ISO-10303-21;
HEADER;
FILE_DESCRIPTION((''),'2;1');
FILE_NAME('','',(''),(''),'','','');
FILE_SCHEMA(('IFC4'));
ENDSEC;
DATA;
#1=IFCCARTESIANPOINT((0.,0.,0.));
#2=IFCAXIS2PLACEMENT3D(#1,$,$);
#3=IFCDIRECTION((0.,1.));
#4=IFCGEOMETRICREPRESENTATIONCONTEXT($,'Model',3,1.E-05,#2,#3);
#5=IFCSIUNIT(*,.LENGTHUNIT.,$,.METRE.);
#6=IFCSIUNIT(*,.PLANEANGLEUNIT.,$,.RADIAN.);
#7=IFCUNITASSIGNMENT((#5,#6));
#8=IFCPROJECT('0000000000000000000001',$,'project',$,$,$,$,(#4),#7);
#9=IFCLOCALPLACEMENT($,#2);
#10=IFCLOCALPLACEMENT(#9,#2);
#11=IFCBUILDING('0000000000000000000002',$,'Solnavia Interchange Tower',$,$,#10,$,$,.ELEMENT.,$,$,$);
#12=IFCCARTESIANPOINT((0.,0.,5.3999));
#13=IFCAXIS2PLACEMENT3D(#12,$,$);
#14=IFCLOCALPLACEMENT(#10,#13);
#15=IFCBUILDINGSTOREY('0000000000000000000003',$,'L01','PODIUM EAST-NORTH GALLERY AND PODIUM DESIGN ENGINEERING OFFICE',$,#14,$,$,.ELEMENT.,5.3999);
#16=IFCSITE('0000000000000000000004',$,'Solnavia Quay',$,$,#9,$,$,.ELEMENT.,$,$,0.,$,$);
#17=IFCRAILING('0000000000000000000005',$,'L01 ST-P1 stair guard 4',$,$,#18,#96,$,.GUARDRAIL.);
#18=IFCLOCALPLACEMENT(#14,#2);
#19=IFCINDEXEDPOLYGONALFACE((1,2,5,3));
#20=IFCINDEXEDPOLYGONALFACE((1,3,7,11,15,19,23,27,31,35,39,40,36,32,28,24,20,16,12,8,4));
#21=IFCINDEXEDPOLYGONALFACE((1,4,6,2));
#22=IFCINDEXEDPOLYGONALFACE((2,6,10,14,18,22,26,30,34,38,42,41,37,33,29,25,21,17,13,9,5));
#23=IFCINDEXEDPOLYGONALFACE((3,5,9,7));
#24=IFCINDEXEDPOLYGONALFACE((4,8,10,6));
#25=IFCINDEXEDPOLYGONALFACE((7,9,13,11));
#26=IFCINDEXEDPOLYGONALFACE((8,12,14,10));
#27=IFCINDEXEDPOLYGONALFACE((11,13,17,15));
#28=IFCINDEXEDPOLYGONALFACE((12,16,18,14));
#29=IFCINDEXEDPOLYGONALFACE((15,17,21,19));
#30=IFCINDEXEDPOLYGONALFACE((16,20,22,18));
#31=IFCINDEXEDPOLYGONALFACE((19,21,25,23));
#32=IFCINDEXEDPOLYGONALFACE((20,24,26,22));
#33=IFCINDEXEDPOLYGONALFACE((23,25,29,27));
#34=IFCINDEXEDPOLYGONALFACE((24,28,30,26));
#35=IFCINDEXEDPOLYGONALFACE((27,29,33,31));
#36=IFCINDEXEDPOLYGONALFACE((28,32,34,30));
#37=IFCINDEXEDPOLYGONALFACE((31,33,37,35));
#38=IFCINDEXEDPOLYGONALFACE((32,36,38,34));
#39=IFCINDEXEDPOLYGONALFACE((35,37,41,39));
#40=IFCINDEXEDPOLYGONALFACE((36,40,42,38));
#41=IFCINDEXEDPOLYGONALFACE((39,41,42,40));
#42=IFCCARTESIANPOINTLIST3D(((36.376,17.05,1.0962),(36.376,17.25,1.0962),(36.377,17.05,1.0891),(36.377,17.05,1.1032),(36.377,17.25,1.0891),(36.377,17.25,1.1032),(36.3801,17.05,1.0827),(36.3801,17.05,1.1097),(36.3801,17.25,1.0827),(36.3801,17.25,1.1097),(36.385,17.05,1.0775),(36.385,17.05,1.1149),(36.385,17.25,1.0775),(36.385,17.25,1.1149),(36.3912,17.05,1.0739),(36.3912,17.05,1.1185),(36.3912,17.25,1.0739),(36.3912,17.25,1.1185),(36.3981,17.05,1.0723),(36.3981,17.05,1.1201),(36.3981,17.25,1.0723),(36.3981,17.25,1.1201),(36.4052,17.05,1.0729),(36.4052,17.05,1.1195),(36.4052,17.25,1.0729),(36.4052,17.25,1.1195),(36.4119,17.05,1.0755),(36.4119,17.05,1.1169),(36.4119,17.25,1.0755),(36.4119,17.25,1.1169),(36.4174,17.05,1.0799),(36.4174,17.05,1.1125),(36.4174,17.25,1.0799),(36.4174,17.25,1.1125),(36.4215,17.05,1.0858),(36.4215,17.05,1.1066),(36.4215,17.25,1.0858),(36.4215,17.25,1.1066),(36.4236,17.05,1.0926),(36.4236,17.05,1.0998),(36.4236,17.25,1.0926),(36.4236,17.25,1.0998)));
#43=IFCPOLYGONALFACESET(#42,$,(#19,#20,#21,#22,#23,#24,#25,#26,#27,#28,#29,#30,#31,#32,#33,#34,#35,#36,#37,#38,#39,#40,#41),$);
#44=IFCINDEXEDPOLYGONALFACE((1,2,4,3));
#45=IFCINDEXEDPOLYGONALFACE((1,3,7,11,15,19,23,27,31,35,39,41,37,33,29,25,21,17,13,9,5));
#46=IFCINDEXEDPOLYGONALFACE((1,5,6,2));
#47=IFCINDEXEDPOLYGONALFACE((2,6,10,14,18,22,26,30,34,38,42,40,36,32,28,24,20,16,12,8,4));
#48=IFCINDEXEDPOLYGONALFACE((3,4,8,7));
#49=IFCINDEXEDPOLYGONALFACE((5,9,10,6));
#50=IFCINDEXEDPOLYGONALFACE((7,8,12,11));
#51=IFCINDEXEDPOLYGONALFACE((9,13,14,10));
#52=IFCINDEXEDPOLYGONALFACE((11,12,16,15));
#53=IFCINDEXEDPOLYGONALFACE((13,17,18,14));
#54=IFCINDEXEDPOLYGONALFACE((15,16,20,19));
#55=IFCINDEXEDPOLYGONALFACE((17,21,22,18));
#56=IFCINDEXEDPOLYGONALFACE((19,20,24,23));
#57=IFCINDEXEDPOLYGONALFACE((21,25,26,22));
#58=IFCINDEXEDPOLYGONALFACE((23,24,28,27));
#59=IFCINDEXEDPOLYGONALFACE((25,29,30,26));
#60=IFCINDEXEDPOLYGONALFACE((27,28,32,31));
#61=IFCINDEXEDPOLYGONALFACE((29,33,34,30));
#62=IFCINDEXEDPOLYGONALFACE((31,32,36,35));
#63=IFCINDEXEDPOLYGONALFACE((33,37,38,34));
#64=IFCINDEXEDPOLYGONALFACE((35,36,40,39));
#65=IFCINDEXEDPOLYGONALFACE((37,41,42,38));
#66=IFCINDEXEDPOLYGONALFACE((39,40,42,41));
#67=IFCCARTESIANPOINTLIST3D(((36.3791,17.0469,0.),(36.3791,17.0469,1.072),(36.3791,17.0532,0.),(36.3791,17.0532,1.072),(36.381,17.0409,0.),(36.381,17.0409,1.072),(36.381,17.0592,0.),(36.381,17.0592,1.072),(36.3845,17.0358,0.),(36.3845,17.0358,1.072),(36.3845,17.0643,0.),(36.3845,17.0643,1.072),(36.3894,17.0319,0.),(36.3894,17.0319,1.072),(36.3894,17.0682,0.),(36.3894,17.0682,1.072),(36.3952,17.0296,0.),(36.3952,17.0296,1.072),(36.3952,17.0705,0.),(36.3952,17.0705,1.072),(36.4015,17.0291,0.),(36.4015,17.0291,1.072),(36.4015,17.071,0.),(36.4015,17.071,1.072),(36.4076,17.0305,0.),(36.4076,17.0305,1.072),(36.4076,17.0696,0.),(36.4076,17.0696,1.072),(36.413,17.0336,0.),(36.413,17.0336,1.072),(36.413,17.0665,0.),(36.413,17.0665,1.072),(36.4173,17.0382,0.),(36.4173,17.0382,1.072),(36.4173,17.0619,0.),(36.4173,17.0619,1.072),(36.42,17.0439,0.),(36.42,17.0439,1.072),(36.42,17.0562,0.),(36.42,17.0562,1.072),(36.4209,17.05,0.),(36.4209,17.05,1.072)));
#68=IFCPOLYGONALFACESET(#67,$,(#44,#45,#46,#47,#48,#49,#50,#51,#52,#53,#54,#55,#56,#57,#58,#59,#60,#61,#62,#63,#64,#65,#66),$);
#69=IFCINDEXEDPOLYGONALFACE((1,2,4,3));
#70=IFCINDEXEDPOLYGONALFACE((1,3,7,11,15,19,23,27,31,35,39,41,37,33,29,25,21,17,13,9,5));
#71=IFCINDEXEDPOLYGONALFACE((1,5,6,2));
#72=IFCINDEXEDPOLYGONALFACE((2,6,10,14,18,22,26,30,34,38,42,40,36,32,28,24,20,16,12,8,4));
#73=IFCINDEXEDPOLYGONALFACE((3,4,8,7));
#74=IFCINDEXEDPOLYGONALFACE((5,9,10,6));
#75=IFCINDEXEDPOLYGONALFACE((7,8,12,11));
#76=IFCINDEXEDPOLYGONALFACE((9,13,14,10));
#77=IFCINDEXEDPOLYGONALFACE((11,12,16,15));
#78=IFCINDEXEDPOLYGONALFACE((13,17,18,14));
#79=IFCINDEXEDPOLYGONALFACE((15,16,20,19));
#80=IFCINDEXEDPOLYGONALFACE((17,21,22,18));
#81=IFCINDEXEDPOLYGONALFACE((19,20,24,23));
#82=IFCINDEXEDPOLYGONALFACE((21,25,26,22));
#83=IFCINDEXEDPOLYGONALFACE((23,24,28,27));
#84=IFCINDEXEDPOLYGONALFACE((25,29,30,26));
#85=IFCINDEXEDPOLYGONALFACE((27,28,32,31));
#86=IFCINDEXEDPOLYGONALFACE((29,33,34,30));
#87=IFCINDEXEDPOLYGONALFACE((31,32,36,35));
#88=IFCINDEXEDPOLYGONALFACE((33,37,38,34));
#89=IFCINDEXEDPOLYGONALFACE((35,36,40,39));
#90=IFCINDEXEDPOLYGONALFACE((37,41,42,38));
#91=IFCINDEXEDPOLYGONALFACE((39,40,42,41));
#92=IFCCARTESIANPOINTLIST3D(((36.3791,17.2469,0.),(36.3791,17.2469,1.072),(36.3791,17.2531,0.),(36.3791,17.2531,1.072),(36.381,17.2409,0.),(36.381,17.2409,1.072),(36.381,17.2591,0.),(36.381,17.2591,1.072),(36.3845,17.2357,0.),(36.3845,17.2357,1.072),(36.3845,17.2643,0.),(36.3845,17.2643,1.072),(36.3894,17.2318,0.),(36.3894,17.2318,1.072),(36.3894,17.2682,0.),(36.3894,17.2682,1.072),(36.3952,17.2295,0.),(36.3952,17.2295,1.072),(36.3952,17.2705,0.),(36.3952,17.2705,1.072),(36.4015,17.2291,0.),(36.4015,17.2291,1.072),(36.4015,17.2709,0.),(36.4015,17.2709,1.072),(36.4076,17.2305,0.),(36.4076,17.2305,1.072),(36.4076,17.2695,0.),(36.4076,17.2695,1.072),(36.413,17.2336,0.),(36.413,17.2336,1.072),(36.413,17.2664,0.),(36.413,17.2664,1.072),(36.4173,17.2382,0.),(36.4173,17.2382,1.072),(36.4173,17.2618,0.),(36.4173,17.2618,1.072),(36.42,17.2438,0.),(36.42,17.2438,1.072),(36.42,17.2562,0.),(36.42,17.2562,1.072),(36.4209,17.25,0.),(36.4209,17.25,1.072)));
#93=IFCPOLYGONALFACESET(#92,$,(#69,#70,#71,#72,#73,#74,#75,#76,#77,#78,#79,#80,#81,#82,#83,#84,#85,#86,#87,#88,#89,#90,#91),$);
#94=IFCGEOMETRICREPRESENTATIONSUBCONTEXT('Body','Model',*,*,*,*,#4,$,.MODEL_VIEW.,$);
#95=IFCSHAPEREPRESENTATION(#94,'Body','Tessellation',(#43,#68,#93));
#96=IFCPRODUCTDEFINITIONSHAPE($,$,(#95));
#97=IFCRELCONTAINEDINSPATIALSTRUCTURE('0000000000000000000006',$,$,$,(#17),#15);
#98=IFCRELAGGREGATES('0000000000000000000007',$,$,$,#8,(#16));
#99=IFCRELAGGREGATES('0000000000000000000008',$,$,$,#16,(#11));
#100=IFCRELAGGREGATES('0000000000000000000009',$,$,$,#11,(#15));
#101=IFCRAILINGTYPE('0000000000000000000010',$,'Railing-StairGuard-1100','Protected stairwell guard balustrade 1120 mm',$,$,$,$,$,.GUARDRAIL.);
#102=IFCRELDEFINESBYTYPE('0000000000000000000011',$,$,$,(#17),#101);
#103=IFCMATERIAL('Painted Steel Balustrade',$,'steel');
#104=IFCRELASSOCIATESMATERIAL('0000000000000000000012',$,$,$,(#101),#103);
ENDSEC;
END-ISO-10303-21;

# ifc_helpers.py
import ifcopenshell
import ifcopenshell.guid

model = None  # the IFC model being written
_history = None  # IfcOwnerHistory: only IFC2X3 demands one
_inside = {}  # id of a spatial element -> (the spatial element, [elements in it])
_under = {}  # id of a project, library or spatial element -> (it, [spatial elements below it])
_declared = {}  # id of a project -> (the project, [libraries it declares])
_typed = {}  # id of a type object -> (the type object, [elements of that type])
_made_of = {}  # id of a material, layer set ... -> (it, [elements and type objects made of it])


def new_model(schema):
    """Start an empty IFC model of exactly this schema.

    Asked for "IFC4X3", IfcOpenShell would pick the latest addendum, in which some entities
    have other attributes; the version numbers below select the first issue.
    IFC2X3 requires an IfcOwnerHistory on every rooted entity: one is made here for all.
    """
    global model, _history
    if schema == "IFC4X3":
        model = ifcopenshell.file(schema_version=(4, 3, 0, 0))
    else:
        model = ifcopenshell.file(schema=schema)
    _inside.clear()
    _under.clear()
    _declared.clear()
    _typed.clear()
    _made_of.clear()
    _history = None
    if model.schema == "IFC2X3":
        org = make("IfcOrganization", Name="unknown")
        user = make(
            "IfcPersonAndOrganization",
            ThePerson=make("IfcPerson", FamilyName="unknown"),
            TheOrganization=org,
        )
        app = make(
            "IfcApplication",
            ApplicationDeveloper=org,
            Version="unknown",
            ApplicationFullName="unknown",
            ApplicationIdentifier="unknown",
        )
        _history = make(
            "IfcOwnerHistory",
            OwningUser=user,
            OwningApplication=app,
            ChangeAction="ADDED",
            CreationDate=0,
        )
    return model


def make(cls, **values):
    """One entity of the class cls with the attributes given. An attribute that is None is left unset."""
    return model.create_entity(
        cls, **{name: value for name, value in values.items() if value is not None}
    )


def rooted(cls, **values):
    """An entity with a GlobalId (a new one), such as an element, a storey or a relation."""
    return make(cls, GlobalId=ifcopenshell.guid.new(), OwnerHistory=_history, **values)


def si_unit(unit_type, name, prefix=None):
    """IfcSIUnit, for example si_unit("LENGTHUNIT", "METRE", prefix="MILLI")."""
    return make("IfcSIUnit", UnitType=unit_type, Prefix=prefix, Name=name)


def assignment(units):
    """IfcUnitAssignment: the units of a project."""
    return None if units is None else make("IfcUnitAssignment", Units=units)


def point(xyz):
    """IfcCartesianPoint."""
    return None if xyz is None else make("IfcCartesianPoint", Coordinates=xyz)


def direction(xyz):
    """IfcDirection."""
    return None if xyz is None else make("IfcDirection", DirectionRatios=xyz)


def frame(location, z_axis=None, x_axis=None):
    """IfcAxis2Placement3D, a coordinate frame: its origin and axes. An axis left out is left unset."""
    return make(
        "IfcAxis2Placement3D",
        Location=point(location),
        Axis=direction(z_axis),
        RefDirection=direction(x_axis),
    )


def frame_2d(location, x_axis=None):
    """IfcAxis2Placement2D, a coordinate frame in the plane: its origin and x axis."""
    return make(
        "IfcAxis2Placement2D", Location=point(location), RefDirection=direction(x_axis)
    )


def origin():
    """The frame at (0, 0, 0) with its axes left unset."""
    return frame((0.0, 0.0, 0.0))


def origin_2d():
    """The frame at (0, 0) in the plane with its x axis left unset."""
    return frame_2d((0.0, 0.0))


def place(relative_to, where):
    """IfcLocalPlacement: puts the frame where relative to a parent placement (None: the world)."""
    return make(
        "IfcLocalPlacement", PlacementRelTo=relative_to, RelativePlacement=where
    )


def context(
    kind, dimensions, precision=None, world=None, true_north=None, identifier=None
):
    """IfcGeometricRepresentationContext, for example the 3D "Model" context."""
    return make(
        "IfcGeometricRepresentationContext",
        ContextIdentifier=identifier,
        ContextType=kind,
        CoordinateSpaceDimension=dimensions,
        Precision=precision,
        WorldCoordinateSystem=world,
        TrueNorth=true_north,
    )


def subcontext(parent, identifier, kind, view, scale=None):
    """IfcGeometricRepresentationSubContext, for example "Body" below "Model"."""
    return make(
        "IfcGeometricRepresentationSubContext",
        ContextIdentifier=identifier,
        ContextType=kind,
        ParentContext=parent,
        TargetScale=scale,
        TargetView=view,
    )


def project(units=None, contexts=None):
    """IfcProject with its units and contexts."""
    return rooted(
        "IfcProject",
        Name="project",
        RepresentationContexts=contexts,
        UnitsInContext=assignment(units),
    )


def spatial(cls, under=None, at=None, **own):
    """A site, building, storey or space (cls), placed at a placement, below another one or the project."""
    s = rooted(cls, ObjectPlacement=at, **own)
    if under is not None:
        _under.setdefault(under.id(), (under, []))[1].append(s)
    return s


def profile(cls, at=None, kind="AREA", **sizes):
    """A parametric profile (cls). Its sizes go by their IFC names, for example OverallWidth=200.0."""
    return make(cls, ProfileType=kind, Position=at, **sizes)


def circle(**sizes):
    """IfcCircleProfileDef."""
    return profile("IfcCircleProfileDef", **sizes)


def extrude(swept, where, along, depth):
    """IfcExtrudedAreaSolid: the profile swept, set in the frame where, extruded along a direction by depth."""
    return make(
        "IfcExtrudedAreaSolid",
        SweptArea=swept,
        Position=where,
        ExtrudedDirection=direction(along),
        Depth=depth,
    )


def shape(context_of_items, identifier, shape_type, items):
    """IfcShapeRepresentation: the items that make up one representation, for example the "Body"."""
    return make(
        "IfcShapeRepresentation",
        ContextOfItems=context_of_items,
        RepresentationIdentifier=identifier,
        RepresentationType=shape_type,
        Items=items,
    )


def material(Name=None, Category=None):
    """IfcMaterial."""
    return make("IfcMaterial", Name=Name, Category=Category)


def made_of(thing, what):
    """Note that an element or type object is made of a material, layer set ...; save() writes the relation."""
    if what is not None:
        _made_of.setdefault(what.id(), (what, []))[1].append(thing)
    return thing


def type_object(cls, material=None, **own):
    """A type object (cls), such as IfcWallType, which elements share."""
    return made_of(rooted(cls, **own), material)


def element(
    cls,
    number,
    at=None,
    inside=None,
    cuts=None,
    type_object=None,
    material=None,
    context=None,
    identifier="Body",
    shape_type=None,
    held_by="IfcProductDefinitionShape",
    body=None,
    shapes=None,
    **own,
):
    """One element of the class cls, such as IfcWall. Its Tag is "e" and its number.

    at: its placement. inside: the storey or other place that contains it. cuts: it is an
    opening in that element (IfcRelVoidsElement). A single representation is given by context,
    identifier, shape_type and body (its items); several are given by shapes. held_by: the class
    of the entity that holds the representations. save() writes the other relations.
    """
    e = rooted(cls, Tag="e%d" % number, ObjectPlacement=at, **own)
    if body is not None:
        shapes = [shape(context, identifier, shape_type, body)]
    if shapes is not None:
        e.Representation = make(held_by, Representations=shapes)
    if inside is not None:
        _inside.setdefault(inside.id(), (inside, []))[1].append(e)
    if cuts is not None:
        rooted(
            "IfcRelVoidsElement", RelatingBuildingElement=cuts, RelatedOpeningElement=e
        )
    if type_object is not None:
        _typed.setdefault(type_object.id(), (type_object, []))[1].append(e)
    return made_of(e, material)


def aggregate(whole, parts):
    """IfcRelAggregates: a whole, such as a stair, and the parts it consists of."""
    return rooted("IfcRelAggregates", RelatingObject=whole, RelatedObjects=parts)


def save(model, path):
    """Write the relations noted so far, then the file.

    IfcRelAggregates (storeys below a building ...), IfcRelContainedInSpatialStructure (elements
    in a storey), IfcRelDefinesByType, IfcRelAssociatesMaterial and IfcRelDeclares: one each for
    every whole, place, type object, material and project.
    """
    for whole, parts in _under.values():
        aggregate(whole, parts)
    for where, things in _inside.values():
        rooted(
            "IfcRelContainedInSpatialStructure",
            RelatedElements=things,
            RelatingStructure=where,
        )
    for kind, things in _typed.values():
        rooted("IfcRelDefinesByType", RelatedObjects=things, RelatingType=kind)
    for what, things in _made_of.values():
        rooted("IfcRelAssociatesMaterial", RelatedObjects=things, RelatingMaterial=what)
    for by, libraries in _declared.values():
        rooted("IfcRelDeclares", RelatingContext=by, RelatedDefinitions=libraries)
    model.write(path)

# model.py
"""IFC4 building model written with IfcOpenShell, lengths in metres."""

from ifc_helpers import new_model, si_unit, direction, frame, origin, origin_2d, place, context, subcontext, project, spatial, circle, extrude, material, type_object, element, save


model = new_model("IFC4")

# Units and contexts
model_context = context("Model", 3, precision=1e-05, world=origin(), true_north=direction((0.0, 1.0)))
body_context = subcontext(model_context, "Body", "Model", "MODEL_VIEW")
ifc_project = project(units=[si_unit("LENGTHUNIT", "METRE"), si_unit("PLANEANGLEUNIT", "RADIAN")], contexts=[model_context])

# Site, building, storey
site_placement = place(None, origin())
site = spatial("IfcSite", under=ifc_project, at=site_placement, Name="Solnavia Quay", CompositionType="ELEMENT", RefElevation=0.0)
building_placement = place(site_placement, origin())
building = spatial("IfcBuilding", under=site, at=building_placement, Name="Solnavia Interchange Tower", CompositionType="ELEMENT")
storey_placement = place(building_placement, frame((0.0, 0.0, 5.3999)))
storey = spatial("IfcBuildingStorey", under=building, at=storey_placement, Name="L01", Description="PODIUM EAST-NORTH GALLERY AND PODIUM DESIGN ENGINEERING OFFICE", CompositionType="ELEMENT", Elevation=5.3999)

# Railing
ifc_material_1 = material(Name="Painted Steel Balustrade", Category="steel")
railing_type_1 = type_object("IfcRailingType", Name="Railing-StairGuard-1100", Description="Protected stairwell guard balustrade 1120 mm", PredefinedType="GUARDRAIL", material=ifc_material_1)
railing_1_placement = place(storey_placement, frame((36.3999, 17.05, 0.0)))
element("IfcRailing", 1, at=railing_1_placement, inside=storey, type_object=railing_type_1, Name="L01 ST-P1 stair guard 4", PredefinedType="GUARDRAIL", context=body_context, shape_type="SweptSolid", body=[
    extrude(circle(Radius=0.0239, at=origin_2d()), frame((0.0, 0.0, 1.0962), z_axis=(0.0, 1.0, 0.0), x_axis=(-1.0, 0.0, 0.0)), (0.0, 0.0, 1.0), 0.2),
    extrude(circle(Radius=0.021, at=origin_2d()), origin(), (0.0, 0.0, 1.0), 1.072),
    extrude(circle(Radius=0.021, at=origin_2d()), frame((0.0, 0.2, 0.0)), (0.0, 0.0, 1.0), 1.072),
])

save(model, "model.ifc")
